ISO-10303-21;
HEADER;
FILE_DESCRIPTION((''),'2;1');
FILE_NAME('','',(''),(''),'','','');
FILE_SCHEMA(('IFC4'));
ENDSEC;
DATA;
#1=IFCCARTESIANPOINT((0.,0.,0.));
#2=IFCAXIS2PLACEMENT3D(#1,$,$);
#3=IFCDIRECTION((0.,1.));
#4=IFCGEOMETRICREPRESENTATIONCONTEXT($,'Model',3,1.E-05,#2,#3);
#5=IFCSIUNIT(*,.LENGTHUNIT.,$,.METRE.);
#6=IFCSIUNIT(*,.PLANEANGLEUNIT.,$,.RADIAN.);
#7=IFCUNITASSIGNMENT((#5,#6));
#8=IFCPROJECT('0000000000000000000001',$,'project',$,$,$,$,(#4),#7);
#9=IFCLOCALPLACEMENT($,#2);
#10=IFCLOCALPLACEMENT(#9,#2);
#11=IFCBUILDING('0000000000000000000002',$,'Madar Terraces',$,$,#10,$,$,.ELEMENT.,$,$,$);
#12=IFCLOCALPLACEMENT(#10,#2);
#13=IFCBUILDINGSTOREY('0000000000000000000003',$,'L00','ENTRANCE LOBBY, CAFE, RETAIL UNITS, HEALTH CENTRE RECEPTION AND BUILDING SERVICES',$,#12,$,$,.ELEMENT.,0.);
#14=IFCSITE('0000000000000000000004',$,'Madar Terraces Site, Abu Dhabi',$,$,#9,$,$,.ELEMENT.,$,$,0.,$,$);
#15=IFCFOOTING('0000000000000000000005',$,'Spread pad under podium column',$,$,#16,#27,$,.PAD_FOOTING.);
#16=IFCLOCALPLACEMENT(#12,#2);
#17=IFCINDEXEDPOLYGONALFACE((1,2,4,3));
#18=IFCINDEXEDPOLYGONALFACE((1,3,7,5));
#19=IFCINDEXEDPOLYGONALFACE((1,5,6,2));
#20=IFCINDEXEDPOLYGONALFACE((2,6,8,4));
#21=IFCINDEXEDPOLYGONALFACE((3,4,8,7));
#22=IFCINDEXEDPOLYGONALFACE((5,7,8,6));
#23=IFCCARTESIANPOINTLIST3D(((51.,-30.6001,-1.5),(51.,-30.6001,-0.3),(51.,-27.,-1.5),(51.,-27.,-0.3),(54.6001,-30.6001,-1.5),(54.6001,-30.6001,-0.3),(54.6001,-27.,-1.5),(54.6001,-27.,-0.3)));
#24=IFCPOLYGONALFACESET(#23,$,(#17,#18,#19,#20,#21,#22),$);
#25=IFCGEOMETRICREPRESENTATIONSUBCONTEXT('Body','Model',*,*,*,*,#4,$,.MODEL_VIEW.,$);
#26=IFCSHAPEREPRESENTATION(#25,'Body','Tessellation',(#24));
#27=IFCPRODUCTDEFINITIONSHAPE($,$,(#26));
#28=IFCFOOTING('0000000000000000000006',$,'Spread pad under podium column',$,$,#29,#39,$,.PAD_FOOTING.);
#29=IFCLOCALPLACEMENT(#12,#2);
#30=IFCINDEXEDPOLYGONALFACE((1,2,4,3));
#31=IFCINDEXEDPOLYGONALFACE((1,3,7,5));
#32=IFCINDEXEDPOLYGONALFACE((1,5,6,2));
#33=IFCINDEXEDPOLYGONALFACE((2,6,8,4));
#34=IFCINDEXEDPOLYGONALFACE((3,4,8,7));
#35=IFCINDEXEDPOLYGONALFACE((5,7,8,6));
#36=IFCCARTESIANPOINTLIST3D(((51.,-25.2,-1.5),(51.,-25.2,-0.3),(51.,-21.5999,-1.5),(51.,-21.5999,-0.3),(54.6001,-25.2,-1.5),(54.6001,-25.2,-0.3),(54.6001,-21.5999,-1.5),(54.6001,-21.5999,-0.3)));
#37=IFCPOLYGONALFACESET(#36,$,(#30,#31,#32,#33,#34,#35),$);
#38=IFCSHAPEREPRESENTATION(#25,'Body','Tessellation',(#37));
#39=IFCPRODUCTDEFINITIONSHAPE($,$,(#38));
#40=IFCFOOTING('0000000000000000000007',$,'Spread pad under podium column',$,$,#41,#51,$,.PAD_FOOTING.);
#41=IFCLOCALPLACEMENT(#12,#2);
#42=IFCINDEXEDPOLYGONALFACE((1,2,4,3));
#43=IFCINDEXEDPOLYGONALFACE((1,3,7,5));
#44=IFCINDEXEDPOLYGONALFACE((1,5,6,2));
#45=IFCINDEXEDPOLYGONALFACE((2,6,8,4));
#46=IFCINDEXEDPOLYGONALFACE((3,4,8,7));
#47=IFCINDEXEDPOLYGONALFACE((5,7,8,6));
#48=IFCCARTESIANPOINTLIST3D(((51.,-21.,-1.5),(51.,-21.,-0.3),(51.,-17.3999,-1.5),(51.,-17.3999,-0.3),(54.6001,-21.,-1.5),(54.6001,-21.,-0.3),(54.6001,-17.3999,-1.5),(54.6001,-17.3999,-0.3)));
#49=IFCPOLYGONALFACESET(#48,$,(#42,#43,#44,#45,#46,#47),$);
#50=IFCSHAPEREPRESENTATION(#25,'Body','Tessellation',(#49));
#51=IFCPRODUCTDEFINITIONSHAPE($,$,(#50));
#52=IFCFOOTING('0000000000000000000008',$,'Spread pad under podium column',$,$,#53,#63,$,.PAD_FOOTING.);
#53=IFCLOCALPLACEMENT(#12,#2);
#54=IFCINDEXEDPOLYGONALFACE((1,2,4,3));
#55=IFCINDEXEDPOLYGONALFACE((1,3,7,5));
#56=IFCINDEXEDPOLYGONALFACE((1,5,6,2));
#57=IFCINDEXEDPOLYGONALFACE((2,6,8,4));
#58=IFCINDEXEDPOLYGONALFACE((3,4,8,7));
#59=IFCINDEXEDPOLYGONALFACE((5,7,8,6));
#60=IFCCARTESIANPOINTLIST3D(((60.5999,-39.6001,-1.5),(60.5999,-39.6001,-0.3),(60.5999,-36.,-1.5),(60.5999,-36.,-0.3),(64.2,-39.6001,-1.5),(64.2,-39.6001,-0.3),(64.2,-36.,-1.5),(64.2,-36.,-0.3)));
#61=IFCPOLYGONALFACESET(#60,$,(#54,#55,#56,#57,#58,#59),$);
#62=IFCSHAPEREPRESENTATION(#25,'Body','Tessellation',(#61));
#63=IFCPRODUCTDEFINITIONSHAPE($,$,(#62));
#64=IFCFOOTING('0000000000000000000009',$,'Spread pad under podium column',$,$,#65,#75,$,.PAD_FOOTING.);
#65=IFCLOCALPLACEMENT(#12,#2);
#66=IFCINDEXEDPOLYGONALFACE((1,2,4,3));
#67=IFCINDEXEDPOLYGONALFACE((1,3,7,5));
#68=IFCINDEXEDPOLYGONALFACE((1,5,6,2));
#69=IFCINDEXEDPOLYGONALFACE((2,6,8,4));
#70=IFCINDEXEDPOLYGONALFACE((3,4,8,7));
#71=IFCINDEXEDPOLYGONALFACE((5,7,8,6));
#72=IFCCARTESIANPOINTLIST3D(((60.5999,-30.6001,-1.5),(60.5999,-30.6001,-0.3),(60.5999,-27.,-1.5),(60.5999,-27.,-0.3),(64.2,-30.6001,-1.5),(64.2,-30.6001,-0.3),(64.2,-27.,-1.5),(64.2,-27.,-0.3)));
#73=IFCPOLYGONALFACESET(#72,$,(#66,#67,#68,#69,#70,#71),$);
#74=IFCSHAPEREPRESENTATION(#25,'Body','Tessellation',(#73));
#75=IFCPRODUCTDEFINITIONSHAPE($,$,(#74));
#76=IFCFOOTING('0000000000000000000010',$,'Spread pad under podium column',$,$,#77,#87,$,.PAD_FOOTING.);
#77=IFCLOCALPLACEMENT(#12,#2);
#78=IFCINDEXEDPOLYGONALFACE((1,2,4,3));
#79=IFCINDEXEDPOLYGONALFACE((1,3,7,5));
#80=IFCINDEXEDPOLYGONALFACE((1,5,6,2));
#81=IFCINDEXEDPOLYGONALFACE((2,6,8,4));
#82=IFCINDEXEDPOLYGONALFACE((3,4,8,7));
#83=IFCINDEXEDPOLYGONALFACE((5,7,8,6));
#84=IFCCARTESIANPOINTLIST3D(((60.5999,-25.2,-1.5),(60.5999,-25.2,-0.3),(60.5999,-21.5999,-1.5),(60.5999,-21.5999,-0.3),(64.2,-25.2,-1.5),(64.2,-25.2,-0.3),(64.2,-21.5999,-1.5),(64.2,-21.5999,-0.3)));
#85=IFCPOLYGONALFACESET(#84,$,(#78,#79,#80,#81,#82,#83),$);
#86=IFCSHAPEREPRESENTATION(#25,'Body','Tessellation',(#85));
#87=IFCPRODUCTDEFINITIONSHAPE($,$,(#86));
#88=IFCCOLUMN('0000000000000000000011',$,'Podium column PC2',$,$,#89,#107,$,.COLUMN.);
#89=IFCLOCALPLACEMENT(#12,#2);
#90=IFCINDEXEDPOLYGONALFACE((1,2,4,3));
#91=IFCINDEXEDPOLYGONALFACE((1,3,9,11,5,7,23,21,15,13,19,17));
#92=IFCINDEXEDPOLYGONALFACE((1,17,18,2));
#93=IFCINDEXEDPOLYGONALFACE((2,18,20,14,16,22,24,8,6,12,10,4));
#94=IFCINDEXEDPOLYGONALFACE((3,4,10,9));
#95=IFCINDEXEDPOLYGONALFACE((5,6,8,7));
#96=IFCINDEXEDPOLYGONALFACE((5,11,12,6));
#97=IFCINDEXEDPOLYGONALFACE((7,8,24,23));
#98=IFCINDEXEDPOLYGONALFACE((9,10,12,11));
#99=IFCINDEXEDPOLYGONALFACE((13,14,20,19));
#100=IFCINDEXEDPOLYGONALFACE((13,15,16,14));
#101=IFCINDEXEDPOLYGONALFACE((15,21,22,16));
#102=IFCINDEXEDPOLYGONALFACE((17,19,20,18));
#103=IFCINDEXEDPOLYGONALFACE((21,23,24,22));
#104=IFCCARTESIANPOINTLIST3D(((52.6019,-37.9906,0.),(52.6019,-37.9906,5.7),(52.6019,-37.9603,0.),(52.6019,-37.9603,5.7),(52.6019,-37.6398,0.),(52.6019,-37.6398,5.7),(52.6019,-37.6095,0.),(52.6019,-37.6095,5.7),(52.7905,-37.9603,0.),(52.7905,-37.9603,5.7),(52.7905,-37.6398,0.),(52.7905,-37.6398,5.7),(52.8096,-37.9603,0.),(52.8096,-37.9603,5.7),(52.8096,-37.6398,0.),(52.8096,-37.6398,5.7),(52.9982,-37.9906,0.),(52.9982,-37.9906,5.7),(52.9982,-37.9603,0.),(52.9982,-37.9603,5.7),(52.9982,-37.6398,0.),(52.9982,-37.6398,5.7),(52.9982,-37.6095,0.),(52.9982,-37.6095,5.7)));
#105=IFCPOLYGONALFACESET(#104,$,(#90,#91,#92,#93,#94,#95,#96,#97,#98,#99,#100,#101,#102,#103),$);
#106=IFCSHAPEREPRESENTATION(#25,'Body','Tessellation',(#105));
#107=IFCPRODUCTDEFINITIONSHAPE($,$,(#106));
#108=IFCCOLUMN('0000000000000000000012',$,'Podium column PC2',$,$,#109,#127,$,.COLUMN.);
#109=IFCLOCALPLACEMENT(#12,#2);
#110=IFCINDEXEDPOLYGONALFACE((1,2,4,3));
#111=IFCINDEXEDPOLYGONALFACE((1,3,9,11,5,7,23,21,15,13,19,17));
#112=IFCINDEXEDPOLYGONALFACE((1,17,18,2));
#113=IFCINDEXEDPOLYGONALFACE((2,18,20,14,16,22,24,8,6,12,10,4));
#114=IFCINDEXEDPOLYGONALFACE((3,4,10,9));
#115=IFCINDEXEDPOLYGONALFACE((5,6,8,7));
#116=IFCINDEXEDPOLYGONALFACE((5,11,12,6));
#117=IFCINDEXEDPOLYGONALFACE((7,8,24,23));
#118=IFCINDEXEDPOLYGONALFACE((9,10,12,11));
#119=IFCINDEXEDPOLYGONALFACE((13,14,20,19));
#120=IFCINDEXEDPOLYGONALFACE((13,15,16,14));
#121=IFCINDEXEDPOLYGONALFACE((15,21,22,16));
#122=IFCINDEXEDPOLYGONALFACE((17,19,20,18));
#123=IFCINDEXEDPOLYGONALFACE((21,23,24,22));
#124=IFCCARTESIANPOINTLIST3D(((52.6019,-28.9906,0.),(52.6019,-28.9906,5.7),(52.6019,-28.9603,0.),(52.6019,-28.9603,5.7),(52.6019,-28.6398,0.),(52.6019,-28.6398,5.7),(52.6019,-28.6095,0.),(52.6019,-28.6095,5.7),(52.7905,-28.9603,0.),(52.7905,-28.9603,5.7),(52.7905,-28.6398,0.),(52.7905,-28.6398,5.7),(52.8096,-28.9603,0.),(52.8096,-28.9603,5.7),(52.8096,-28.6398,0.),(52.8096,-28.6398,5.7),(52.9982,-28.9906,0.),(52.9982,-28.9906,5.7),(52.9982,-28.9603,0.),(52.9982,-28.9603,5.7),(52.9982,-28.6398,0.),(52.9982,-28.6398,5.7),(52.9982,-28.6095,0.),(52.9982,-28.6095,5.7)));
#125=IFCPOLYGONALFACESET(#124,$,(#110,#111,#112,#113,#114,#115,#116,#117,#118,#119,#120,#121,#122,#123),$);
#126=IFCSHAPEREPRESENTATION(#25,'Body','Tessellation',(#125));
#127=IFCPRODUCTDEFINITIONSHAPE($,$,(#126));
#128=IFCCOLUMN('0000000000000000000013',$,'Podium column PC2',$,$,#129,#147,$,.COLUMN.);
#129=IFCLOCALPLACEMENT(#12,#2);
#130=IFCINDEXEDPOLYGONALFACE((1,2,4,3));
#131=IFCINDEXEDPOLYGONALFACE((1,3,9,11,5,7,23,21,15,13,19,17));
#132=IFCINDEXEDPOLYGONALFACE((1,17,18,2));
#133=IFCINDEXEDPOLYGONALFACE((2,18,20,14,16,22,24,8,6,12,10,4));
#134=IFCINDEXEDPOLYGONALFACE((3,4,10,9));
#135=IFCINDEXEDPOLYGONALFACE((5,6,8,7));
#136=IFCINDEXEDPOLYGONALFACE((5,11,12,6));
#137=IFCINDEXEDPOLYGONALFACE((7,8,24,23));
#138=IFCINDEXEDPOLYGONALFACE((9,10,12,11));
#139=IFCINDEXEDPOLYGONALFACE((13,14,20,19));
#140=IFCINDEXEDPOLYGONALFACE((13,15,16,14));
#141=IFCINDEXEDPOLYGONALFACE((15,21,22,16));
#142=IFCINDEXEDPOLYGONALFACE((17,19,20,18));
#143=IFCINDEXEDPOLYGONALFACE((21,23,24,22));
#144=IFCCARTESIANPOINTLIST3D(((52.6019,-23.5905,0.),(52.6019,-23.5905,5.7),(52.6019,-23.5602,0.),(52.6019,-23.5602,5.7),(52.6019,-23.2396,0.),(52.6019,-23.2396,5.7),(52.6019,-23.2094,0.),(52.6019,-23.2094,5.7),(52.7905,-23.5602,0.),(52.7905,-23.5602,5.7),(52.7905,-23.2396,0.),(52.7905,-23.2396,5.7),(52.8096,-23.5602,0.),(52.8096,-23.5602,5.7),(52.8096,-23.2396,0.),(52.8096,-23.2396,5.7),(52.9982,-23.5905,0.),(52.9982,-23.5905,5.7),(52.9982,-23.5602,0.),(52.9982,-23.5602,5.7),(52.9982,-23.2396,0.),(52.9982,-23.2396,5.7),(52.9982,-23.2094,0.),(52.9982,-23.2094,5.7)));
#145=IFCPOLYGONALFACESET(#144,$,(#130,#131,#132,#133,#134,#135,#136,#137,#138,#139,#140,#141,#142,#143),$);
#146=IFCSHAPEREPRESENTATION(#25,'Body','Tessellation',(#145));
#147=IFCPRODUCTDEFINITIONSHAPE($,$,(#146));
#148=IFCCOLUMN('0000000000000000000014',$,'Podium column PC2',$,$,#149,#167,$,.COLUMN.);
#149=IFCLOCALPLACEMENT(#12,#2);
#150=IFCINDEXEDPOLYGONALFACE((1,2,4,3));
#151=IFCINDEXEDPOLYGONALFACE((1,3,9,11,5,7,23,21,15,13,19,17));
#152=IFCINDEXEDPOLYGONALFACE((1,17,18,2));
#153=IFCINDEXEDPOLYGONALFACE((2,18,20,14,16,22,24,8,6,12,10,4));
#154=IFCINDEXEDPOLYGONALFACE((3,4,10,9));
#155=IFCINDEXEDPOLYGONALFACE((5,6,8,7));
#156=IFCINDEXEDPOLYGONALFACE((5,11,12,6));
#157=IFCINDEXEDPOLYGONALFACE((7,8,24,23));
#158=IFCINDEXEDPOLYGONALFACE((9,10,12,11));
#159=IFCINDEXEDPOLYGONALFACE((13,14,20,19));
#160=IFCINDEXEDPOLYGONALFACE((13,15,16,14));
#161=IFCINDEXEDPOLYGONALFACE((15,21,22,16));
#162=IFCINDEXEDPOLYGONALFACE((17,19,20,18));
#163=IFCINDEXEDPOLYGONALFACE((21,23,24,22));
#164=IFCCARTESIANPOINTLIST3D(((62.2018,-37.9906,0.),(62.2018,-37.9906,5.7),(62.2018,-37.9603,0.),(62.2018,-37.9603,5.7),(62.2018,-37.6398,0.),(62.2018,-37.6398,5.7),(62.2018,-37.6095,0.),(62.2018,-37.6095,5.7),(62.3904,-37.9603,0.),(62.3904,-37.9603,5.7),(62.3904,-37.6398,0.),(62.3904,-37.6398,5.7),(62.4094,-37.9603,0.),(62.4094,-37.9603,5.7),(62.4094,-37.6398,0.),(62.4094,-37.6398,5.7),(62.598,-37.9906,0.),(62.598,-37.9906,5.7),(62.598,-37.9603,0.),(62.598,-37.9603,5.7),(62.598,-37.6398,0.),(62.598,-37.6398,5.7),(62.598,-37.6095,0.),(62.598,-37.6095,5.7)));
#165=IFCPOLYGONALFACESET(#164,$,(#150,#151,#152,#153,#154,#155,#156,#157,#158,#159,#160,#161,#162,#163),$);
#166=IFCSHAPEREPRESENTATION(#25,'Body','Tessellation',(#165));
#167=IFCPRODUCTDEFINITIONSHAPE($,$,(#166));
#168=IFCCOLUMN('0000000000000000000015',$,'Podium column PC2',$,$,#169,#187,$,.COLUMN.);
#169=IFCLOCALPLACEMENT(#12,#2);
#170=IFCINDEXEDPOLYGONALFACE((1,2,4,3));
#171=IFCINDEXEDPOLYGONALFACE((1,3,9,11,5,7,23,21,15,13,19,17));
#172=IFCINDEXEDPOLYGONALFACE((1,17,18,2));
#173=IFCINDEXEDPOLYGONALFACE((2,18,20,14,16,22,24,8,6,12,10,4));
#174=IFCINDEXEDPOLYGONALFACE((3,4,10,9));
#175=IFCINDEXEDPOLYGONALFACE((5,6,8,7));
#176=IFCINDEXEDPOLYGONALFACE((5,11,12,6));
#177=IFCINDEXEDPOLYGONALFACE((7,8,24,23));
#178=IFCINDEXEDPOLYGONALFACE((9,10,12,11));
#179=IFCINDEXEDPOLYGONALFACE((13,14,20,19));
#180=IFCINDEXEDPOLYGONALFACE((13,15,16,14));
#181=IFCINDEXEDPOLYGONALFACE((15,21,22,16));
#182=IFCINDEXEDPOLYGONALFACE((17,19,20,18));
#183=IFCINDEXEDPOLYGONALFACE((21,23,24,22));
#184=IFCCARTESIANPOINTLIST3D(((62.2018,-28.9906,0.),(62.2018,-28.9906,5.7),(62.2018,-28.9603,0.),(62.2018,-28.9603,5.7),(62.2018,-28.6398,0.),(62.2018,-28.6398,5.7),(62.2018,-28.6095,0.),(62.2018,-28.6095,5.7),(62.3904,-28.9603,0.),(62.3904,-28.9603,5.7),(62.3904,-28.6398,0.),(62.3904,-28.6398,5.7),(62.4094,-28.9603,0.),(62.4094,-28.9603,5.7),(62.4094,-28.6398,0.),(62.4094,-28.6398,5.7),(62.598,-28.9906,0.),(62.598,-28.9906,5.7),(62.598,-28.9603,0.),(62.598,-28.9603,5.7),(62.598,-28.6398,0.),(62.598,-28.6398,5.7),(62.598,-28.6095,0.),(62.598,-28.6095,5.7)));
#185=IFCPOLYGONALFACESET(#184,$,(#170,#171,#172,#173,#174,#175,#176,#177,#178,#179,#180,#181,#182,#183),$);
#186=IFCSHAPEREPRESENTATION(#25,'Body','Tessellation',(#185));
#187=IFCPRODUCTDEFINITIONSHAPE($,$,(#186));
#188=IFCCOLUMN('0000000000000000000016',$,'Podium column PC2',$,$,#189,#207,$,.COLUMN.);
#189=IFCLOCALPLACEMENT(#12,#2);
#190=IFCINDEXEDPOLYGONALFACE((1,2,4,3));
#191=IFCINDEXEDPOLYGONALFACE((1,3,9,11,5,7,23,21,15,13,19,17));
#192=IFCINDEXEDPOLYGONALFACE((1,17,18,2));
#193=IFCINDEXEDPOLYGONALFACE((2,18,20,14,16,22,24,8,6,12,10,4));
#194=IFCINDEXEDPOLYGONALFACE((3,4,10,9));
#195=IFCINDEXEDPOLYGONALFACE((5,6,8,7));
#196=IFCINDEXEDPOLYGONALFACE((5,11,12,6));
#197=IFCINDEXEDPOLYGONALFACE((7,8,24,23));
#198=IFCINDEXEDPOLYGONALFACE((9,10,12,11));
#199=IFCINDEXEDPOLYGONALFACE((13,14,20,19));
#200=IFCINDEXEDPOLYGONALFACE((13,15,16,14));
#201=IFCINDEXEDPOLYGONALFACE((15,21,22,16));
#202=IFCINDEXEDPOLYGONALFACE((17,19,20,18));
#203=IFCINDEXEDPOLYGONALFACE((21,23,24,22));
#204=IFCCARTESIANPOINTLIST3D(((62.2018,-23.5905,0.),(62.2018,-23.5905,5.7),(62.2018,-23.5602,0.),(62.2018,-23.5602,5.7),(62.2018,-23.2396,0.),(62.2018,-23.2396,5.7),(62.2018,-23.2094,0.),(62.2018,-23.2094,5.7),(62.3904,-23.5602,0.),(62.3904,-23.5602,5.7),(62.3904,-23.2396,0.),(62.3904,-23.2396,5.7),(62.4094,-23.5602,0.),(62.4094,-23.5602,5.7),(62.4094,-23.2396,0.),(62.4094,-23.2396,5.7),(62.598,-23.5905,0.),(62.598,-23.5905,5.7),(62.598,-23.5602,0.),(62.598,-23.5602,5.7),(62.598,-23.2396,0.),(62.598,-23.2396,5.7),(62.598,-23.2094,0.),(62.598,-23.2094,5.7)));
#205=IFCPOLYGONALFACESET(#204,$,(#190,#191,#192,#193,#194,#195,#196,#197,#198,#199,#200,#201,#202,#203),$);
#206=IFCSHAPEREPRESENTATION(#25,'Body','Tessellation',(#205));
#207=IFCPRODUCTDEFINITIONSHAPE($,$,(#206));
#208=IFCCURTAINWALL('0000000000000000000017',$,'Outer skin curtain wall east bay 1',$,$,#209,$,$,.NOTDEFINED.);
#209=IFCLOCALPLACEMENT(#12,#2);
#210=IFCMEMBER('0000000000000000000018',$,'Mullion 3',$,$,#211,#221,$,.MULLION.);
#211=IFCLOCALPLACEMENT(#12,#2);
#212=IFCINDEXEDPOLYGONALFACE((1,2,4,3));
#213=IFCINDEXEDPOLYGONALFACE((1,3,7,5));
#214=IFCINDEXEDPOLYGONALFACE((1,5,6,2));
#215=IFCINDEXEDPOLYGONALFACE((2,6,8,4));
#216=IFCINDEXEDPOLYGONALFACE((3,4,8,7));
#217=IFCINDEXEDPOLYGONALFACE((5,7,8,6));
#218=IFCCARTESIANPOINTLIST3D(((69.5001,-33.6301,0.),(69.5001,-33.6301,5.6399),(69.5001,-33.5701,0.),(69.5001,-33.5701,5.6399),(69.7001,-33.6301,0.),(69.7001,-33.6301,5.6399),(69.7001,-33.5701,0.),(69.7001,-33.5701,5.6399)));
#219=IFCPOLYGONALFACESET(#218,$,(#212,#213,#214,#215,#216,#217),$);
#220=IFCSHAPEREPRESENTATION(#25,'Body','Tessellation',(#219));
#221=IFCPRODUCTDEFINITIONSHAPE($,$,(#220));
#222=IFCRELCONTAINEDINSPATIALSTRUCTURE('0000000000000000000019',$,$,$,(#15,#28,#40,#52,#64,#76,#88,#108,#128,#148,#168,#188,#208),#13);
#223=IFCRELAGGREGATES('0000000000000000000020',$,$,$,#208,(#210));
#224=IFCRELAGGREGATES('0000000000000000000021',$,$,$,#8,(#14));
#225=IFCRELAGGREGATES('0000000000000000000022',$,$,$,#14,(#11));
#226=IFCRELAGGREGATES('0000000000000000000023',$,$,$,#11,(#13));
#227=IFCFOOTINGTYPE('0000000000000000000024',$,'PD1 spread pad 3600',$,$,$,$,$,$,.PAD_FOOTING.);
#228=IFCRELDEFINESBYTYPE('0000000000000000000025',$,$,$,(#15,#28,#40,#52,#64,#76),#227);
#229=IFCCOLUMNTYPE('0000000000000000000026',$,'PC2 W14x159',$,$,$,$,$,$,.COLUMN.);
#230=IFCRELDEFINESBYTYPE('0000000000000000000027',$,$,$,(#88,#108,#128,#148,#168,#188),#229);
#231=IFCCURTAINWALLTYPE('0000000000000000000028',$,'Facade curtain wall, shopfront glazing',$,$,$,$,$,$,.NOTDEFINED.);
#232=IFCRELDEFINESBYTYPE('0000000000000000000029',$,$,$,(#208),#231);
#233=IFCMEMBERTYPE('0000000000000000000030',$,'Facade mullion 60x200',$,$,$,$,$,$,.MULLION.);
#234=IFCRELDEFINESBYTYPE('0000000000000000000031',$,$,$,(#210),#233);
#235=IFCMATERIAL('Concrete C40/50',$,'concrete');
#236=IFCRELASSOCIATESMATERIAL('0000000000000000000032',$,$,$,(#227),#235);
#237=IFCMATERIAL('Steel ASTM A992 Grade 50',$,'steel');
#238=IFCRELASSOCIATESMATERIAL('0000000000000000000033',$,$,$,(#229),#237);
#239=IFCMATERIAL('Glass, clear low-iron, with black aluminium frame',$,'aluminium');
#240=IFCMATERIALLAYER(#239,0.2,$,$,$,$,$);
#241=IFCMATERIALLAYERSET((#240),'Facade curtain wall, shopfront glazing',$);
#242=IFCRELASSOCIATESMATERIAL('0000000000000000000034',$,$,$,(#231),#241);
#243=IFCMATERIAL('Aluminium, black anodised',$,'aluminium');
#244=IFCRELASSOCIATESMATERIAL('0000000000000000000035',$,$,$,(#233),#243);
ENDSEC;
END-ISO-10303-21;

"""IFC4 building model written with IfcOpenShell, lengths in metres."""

from ifc_helpers import new_model, si_unit, direction, frame, origin, origin_2d, place, context, subcontext, project, spatial, rectangle, i_section, extrude, material, layer, layer_set, material_profile, profile_set, type_object, element, aggregate, save


model = new_model("IFC4")

# Units and contexts
model_context = context("Model", 3, precision=1e-05, world=origin(), true_north=direction((0.0, 1.0)))
body_context = subcontext(model_context, "Body", "Model", "MODEL_VIEW")
ifc_project = project(units=[si_unit("LENGTHUNIT", "METRE"), si_unit("PLANEANGLEUNIT", "RADIAN")], contexts=[model_context])

# Site, building, storey
site_placement = place(None, origin())
site = spatial("IfcSite", under=ifc_project, at=site_placement, Name="Madar Terraces Site, Abu Dhabi", CompositionType="ELEMENT", RefElevation=0.0)
building_placement = place(site_placement, origin())
building = spatial("IfcBuilding", under=site, at=building_placement, Name="Madar Terraces", CompositionType="ELEMENT")
storey_placement = place(building_placement, origin())
storey = spatial("IfcBuildingStorey", under=building, at=storey_placement, Name="L00", Description="ENTRANCE LOBBY, CAFE, RETAIL UNITS, HEALTH CENTRE RECEPTION AND BUILDING SERVICES", CompositionType="ELEMENT", Elevation=0.0)

# Footings
ifc_material_1 = material(Name="Concrete C40/50", Category="concrete")
footing_type = type_object("IfcFootingType", Name="PD1 spread pad 3600", PredefinedType="PAD_FOOTING", material=ifc_material_1)
for number, where, z_axis, x_axis, name in (
    (1, (52.8, -28.8, -1.5), (0.0, 0.0, 1.0), (1.0, 0.0, 0.0), "Spread pad under podium column"),
    (2, (52.8, -23.3999, -1.5), (0.0, 0.0, 1.0), (1.0, 0.0, 0.0), "Spread pad under podium column"),
    (3, (52.8, -19.2, -1.5), (0.0, 0.0, 1.0), (1.0, 0.0, 0.0), "Spread pad under podium column"),
    (4, (62.3999, -37.8, -1.5), (0.0, 0.0, 1.0), (1.0, 0.0, 0.0), "Spread pad under podium column"),
    (5, (62.3999, -28.8, -1.5), (0.0, 0.0, 1.0), (1.0, 0.0, 0.0), "Spread pad under podium column"),
    (6, (62.3999, -23.3999, -1.5), (0.0, 0.0, 1.0), (1.0, 0.0, 0.0), "Spread pad under podium column"),
):
    element("IfcFooting", number, at=place(storey_placement, frame(where, z_axis=z_axis, x_axis=x_axis)), inside=storey, type_object=footing_type, Name=name, PredefinedType="PAD_FOOTING", context=body_context, shape_type="SweptSolid", body=[
        extrude(rectangle(XDim=3.6001, YDim=3.6001, at=origin_2d()), origin(), (0.0, 0.0, 1.0), 1.2),
    ])

# Columns
ifc_material_2 = material(Name="Steel ASTM A992 Grade 50", Category="steel")
ifc_material_profile_1 = material_profile(ifc_material_2, i_section(OverallWidth=0.3962, OverallDepth=0.3811, WebThickness=0.019, FlangeThickness=0.0303, at=origin_2d()), Name="W14x159")
ifc_profile_set_1 = profile_set([ifc_material_profile_1], Name="Steel ASTM A992 Grade 50")
column_type = type_object("IfcColumnType", Name="PC2 W14x159", PredefinedType="COLUMN", material=ifc_profile_set_1)
for number, where, z_axis, x_axis, name in (
    (7, (52.8, -37.8, 0.0), (0.0, 0.0, 1.0), (1.0, 0.0, 0.0), "Podium column PC2"),
    (8, (52.8, -28.8, 0.0), (0.0, 0.0, 1.0), (1.0, 0.0, 0.0), "Podium column PC2"),
    (9, (52.8, -23.3999, 0.0), (0.0, 0.0, 1.0), (1.0, 0.0, 0.0), "Podium column PC2"),
    (10, (62.3999, -37.8, 0.0), (0.0, 0.0, 1.0), (1.0, 0.0, 0.0), "Podium column PC2"),
    (11, (62.3999, -28.8, 0.0), (0.0, 0.0, 1.0), (1.0, 0.0, 0.0), "Podium column PC2"),
    (12, (62.3999, -23.3999, 0.0), (0.0, 0.0, 1.0), (1.0, 0.0, 0.0), "Podium column PC2"),
):
    element("IfcColumn", number, at=place(storey_placement, frame(where, z_axis=z_axis, x_axis=x_axis)), inside=storey, type_object=column_type, Name=name, PredefinedType="COLUMN", context=body_context, shape_type="SweptSolid", body=[
        extrude(i_section(OverallWidth=0.3962, OverallDepth=0.3811, WebThickness=0.019, FlangeThickness=0.0303, at=origin_2d()), origin(), (0.0, 0.0, 1.0), 5.7),
    ])

# Curtain wall, member
ifc_material_3 = material(Name="Glass, clear low-iron, with black aluminium frame", Category="aluminium")
ifc_layer_1 = layer(ifc_material_3, 0.2)
ifc_layer_set_1 = layer_set([ifc_layer_1], Name="Facade curtain wall, shopfront glazing")
curtain_wall_type = type_object("IfcCurtainWallType", Name="Facade curtain wall, shopfront glazing", PredefinedType="NOTDEFINED", material=ifc_layer_set_1)
curtain_wall_placement = place(storey_placement, origin())
curtain_wall = element("IfcCurtainWall", 13, at=curtain_wall_placement, inside=storey, type_object=curtain_wall_type, Name="Outer skin curtain wall east bay 1", PredefinedType="NOTDEFINED")
ifc_material_4 = material(Name="Aluminium, black anodised", Category="aluminium")
ifc_material_profile_2 = material_profile(ifc_material_4, rectangle(XDim=0.2, YDim=0.0601, at=origin_2d()), Name="Facade mullion 60x200")
ifc_profile_set_2 = profile_set([ifc_material_profile_2], Name="Aluminium, black anodised")
member_type_1 = type_object("IfcMemberType", Name="Facade mullion 60x200", PredefinedType="MULLION", material=ifc_profile_set_2)
member_1_placement = place(storey_placement, frame((69.6001, -33.6001, 0.0), z_axis=(0.0, 0.0, 1.0), x_axis=(-1.0, 0.0, 0.0)))
member_1 = element("IfcMember", 14, at=member_1_placement, type_object=member_type_1, Name="Mullion 3", PredefinedType="MULLION", context=body_context, shape_type="SweptSolid", body=[
    extrude(rectangle(XDim=0.2, YDim=0.0601, at=origin_2d()), origin(), (0.0, 0.0, 1.0), 5.6399),
])
aggregate(curtain_wall, [member_1])

save(model, "model.ifc")
